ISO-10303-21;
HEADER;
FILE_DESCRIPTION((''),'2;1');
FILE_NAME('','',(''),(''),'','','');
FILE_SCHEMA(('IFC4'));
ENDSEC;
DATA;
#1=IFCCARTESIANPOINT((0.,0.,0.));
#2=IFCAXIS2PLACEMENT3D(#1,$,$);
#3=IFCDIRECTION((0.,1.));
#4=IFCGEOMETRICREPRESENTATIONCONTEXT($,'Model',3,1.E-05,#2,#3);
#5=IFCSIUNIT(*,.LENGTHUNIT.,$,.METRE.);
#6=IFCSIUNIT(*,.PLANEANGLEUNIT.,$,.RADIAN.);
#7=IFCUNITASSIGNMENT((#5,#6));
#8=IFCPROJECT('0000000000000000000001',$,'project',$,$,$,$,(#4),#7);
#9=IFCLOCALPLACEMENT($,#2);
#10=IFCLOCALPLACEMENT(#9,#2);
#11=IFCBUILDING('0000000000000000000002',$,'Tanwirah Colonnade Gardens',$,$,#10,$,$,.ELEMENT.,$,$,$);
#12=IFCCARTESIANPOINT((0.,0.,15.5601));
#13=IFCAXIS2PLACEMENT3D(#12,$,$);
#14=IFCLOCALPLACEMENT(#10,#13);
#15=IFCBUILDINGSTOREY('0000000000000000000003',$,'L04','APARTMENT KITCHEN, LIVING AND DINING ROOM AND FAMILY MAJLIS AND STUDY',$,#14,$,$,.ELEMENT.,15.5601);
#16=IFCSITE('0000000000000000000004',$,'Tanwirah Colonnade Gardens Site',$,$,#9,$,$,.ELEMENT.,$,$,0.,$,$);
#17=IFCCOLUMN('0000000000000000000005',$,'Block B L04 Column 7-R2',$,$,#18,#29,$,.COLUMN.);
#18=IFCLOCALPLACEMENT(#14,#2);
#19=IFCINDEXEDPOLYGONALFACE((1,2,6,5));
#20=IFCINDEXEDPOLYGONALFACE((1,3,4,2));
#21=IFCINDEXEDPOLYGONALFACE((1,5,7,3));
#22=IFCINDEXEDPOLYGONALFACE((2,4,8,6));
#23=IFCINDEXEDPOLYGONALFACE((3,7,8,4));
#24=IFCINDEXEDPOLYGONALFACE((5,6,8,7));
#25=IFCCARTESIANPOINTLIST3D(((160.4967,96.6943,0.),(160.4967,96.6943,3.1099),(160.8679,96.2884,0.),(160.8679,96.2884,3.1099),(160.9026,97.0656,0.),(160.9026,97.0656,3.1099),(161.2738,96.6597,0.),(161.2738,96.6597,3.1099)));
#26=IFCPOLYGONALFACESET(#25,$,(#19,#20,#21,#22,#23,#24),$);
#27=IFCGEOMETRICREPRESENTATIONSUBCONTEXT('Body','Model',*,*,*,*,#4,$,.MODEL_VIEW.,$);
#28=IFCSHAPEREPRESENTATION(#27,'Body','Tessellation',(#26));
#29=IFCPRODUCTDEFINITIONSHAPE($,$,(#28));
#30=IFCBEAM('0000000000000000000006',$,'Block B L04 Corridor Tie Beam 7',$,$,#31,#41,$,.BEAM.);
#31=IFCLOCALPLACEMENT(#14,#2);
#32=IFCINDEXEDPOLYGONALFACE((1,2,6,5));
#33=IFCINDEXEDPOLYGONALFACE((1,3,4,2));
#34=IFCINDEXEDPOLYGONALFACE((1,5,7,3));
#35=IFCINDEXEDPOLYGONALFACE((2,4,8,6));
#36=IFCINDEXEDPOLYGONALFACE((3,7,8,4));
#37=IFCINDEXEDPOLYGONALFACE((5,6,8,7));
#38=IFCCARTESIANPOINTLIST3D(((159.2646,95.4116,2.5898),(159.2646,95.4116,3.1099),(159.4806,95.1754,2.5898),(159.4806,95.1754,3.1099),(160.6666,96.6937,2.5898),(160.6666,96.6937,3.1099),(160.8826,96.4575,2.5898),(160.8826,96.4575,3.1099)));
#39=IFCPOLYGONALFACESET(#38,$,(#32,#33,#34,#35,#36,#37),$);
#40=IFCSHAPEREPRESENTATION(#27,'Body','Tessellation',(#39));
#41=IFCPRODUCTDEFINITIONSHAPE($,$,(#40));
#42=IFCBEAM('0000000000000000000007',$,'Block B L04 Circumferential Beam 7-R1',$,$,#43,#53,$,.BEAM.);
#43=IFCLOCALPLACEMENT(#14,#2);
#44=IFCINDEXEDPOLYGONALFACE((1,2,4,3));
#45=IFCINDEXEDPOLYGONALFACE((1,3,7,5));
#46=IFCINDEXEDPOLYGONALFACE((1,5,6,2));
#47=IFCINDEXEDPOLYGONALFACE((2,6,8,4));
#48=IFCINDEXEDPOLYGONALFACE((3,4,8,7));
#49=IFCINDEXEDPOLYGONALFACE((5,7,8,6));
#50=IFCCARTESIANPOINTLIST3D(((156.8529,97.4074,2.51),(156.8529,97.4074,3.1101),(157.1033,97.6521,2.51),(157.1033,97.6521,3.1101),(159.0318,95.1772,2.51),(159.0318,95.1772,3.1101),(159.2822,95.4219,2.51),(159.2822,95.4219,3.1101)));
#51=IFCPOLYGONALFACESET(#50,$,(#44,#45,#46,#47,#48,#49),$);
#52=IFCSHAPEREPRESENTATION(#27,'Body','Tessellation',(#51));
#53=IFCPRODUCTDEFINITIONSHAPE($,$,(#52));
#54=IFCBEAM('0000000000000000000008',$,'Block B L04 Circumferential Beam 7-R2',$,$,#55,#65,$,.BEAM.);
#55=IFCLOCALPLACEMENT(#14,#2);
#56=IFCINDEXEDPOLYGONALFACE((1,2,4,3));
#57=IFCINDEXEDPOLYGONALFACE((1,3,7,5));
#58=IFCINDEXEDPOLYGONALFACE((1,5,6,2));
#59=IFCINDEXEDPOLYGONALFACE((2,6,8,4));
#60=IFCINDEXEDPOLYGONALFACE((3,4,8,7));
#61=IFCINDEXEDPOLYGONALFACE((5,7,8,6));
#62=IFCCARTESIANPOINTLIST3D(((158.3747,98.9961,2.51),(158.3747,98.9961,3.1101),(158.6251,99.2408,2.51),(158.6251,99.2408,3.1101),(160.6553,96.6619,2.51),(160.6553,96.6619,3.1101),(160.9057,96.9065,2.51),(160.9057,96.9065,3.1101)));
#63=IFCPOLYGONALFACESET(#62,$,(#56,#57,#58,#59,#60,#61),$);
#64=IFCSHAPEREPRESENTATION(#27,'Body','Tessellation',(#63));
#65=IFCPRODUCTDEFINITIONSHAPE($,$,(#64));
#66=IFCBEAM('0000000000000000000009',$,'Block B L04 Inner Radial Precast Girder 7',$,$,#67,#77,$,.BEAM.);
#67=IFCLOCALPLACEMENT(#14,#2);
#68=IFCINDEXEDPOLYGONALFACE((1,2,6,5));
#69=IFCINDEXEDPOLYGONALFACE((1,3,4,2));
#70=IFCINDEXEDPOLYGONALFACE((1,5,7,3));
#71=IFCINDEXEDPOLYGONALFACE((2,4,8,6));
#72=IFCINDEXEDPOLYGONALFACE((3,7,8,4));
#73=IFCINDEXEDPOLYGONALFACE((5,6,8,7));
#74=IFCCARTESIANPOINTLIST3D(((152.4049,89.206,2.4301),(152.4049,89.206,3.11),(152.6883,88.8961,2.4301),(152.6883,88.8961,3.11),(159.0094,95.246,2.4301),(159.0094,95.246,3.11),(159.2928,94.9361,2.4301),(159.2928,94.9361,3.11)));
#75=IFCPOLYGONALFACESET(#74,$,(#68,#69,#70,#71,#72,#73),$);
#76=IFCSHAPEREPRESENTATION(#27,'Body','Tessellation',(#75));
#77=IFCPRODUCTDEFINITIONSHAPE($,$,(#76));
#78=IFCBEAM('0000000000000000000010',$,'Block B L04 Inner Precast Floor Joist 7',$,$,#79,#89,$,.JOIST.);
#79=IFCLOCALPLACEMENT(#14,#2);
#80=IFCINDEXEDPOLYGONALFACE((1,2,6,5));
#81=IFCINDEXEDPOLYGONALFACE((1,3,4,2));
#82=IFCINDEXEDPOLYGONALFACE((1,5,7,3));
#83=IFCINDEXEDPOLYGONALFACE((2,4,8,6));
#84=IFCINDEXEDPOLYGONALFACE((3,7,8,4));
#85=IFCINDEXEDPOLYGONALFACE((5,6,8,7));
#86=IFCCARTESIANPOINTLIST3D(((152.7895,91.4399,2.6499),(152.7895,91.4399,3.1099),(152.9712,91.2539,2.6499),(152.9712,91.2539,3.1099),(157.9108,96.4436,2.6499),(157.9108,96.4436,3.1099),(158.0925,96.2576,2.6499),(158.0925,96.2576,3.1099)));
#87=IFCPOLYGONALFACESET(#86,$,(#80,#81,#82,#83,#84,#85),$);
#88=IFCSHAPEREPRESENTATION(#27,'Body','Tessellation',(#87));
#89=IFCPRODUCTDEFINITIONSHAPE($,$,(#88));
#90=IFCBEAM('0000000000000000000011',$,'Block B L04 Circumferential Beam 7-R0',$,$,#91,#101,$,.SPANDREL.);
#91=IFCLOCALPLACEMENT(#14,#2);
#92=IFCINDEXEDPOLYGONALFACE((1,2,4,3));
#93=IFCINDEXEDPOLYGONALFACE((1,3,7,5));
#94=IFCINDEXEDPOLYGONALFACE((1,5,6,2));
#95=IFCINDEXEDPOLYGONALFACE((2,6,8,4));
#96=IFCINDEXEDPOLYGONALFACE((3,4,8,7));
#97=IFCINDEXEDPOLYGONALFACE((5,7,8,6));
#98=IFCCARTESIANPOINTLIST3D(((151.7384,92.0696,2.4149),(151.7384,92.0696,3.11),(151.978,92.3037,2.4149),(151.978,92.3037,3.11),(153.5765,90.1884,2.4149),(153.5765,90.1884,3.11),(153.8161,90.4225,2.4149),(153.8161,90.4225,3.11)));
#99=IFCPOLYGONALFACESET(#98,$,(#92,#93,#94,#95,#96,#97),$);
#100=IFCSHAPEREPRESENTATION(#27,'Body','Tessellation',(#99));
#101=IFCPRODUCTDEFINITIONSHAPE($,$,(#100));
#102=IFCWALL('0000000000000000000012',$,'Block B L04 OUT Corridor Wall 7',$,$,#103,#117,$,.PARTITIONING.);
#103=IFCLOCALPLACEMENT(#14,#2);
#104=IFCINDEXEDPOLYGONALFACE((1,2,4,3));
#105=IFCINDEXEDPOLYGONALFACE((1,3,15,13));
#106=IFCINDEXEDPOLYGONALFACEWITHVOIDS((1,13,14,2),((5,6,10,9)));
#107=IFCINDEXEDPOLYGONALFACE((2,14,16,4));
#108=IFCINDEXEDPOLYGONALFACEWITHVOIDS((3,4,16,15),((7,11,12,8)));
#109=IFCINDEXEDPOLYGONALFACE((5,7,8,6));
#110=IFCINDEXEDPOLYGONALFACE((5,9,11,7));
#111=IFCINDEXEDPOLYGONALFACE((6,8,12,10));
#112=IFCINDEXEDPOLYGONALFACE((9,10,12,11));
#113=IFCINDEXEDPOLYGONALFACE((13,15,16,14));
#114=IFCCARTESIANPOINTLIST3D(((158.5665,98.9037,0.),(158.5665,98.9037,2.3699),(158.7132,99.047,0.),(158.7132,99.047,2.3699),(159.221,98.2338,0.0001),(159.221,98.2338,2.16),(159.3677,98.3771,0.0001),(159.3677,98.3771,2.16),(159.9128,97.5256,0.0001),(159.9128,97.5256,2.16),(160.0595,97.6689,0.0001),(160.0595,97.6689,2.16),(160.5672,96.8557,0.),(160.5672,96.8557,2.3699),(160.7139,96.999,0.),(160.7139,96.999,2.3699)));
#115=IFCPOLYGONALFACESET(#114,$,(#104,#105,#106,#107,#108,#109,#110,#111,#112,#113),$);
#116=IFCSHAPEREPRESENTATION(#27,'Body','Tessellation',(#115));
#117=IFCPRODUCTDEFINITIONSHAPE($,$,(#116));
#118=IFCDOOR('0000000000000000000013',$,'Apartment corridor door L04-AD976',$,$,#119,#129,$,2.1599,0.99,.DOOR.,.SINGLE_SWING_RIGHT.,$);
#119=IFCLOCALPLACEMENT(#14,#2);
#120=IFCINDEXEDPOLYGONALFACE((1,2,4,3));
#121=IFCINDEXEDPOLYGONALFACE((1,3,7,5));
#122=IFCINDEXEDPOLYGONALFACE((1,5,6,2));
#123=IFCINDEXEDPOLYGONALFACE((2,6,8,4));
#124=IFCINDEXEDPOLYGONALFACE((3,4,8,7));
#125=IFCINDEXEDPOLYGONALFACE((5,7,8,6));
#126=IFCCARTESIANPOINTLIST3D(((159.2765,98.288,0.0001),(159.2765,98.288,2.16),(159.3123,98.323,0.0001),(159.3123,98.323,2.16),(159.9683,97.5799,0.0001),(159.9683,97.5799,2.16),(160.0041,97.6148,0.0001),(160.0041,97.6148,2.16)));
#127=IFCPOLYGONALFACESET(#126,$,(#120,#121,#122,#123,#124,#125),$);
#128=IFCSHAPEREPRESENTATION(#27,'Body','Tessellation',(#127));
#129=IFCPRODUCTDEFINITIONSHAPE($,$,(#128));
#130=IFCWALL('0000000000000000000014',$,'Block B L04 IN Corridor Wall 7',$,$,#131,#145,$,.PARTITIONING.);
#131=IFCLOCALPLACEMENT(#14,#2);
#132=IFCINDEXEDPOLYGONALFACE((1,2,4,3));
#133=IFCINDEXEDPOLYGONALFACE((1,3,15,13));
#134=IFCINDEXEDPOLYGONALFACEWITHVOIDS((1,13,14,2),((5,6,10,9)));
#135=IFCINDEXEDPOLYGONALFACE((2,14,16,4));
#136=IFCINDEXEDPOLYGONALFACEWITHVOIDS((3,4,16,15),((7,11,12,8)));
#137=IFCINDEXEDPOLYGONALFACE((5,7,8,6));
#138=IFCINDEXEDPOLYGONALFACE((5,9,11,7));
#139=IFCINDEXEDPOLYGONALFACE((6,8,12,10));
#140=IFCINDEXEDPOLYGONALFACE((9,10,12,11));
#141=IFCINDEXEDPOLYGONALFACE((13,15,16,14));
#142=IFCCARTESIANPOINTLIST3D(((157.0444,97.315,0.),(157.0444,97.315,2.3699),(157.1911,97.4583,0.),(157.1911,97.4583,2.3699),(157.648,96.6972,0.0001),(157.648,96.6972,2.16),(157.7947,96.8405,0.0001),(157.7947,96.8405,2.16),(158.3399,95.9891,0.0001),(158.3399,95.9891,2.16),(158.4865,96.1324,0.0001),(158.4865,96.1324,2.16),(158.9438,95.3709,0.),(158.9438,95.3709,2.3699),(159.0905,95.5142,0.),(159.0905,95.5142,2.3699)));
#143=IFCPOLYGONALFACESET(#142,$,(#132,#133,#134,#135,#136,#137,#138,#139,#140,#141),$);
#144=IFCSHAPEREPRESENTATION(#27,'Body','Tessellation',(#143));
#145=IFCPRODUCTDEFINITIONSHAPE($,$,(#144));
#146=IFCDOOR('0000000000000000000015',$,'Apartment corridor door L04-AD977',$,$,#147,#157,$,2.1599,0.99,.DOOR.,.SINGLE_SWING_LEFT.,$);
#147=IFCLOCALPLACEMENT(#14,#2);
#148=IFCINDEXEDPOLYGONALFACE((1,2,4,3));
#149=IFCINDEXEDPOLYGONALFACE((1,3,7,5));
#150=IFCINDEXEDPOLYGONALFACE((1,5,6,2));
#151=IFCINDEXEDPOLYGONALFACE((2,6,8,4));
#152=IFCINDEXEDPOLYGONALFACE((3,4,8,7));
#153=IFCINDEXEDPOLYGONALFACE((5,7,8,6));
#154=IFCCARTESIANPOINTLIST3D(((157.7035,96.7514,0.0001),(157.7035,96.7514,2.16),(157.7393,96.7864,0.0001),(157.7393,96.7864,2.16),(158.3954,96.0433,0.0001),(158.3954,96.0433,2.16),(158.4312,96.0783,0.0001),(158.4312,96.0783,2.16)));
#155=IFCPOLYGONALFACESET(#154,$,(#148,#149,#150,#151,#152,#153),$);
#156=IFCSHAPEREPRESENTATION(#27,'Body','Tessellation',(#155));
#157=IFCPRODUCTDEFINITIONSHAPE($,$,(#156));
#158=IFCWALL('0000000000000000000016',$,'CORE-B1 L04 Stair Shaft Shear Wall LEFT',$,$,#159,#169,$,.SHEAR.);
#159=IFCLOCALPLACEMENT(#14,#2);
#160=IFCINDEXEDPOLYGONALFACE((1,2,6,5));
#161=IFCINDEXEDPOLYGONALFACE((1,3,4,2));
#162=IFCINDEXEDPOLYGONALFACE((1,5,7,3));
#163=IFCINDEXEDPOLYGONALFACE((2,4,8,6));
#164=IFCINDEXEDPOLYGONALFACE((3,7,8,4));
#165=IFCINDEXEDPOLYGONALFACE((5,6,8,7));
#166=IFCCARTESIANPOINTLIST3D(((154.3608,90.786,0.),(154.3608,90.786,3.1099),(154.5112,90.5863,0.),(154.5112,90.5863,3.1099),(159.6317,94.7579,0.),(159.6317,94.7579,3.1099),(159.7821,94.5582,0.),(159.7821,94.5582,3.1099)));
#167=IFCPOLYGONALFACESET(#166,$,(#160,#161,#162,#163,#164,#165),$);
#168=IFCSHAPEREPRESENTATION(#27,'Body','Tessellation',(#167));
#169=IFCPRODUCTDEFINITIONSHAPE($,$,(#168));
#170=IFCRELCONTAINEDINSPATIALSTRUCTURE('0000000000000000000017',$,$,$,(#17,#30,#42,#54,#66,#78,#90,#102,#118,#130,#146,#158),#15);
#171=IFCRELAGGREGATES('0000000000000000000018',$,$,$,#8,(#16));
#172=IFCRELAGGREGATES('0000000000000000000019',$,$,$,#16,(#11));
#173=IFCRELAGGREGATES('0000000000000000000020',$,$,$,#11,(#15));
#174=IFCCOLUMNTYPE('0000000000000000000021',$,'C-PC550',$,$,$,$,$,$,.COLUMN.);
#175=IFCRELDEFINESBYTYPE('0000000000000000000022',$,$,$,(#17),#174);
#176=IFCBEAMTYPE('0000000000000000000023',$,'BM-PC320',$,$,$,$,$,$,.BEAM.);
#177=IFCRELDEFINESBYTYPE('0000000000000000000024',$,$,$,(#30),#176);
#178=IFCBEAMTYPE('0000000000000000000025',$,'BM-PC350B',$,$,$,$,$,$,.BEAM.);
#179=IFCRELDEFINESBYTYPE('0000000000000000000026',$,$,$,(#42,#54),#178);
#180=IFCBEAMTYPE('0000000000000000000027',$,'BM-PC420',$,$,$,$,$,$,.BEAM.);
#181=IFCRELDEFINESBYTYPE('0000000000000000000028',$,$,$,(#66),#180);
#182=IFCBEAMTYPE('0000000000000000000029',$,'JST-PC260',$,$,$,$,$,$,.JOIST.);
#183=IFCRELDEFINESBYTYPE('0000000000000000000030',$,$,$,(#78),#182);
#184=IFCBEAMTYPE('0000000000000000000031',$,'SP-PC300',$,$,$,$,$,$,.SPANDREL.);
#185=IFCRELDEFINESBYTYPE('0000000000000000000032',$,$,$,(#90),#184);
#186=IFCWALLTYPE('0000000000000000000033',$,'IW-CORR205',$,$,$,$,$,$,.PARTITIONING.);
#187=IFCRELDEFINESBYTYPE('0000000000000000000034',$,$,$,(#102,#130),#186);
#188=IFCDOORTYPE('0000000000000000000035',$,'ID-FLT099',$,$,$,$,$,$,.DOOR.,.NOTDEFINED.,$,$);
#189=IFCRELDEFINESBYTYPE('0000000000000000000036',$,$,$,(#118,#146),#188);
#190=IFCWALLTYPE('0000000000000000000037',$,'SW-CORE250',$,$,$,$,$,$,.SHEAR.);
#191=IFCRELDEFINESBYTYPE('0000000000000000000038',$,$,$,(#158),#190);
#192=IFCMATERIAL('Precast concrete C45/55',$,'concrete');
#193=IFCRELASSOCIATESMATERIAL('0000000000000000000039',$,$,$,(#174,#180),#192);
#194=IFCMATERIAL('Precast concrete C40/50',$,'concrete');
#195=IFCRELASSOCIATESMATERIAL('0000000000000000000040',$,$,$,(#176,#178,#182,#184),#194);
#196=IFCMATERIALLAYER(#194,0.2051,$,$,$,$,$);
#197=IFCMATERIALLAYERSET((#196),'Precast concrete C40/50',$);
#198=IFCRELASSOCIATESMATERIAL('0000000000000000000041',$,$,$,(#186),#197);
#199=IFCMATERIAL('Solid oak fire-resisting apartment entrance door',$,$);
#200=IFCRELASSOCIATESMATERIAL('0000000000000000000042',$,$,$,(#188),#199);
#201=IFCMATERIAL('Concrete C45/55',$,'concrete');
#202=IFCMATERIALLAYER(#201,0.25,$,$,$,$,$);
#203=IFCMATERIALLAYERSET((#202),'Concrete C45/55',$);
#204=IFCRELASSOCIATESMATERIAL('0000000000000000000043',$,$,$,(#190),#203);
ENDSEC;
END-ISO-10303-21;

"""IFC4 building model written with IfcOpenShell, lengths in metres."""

from ifc_helpers import new_model, si_unit, direction, frame, frame_2d, origin, origin_2d, place, context, subcontext, project, spatial, rectangle, extrude, material, layer, layer_set, material_profile, profile_set, type_object, element, fill, save


model = new_model("IFC4")

# Units and contexts
model_context = context("Model", 3, precision=1e-05, world=origin(), true_north=direction((0.0, 1.0)))
body_context = subcontext(model_context, "Body", "Model", "MODEL_VIEW")
ifc_project = project(units=[si_unit("LENGTHUNIT", "METRE"), si_unit("PLANEANGLEUNIT", "RADIAN")], contexts=[model_context])

# Site, building, storey
site_placement = place(None, origin())
site = spatial("IfcSite", under=ifc_project, at=site_placement, Name="Tanwirah Colonnade Gardens Site", CompositionType="ELEMENT", RefElevation=0.0)
building_placement = place(site_placement, origin())
building = spatial("IfcBuilding", under=site, at=building_placement, Name="Tanwirah Colonnade Gardens", CompositionType="ELEMENT")
storey_placement = place(building_placement, frame((0.0, 0.0, 15.5601)))
storey = spatial("IfcBuildingStorey", under=building, at=storey_placement, Name="L04", Description="APARTMENT KITCHEN, LIVING AND DINING ROOM AND FAMILY MAJLIS AND STUDY", CompositionType="ELEMENT", Elevation=15.5601)

# Column
ifc_material_1 = material(Name="Precast concrete C45/55", Category="concrete")
ifc_material_profile_1 = material_profile(ifc_material_1, rectangle(XDim=0.55, YDim=0.55, at=origin_2d()), Name="PC-COL 550x550")
ifc_profile_set_1 = profile_set([ifc_material_profile_1], Name="Precast concrete C45/55")
column_type = type_object("IfcColumnType", Name="C-PC550", PredefinedType="COLUMN", material=ifc_profile_set_1)
column_placement = place(storey_placement, frame((160.8853, 96.677, 0.0), z_axis=(0.0, 0.0, 1.0), x_axis=(0.737932, 0.674875, 0.0)))
element("IfcColumn", 1, at=column_placement, inside=storey, type_object=column_type, Name="Block B L04 Column 7-R2", PredefinedType="COLUMN", context=body_context, shape_type="SweptSolid", body=[
    extrude(rectangle(XDim=0.55, YDim=0.55, at=origin_2d()), origin(), (0.0, 0.0, 1.0), 3.1099),
])

# Beams
ifc_material_2 = material(Name="Precast concrete C40/50", Category="concrete")
ifc_material_profile_2 = material_profile(ifc_material_2, rectangle(XDim=0.3201, YDim=0.52, at=origin_2d()), Name="PC-BM 320x520")
ifc_profile_set_2 = profile_set([ifc_material_profile_2], Name="Precast concrete C40/50")
beam_type_1 = type_object("IfcBeamType", Name="BM-PC320", PredefinedType="BEAM", material=ifc_profile_set_2)
beam_1_placement = place(storey_placement, frame((159.3726, 95.2935, 2.8499), z_axis=(0.737948, 0.674857, 0.0), x_axis=(-0.674857, 0.737948, 0.0)))
element("IfcBeam", 2, at=beam_1_placement, inside=storey, type_object=beam_type_1, Name="Block B L04 Corridor Tie Beam 7", PredefinedType="BEAM", context=body_context, shape_type="SweptSolid", body=[
    extrude(rectangle(XDim=0.3201, YDim=0.52, at=origin_2d()), origin(), (0.0, 0.0, 1.0), 1.8999),
])
ifc_material_profile_3 = material_profile(ifc_material_2, rectangle(XDim=0.3501, YDim=0.6001, at=origin_2d()), Name="PC-BM 350x600")
ifc_profile_set_3 = profile_set([ifc_material_profile_3], Name="Precast concrete C40/50")
beam_type_2 = type_object("IfcBeamType", Name="BM-PC350B", PredefinedType="BEAM", material=ifc_profile_set_3)
beam_2_placement = place(storey_placement, frame((159.157, 95.2996, 2.8101), z_axis=(-0.698837, 0.715281, 0.0), x_axis=(-0.715281, -0.698837, 0.0)))
element("IfcBeam", 3, at=beam_2_placement, inside=storey, type_object=beam_type_2, Name="Block B L04 Circumferential Beam 7-R1", PredefinedType="BEAM", context=body_context, shape_type="SweptSolid", body=[
    extrude(rectangle(XDim=0.3501, YDim=0.6001, at=origin_2d()), origin(), (0.0, 0.0, 1.0), 3.1179),
])
beam_3_placement = place(storey_placement, frame((160.7805, 96.7842, 2.8101), z_axis=(-0.698829, 0.715288, 0.0), x_axis=(-0.715288, -0.698829, 0.0)))
element("IfcBeam", 4, at=beam_3_placement, inside=storey, type_object=beam_type_2, Name="Block B L04 Circumferential Beam 7-R2", PredefinedType="BEAM", context=body_context, shape_type="SweptSolid", body=[
    extrude(rectangle(XDim=0.3501, YDim=0.6001, at=origin_2d()), origin(), (0.0, 0.0, 1.0), 3.2634),
])
ifc_material_profile_4 = material_profile(ifc_material_1, rectangle(XDim=0.4199, YDim=0.6799, at=origin_2d()), Name="PC-BM 420x680")
ifc_profile_set_4 = profile_set([ifc_material_profile_4], Name="Precast concrete C45/55")
beam_type_3 = type_object("IfcBeamType", Name="BM-PC420", PredefinedType="BEAM", material=ifc_profile_set_4)
beam_4_placement = place(storey_placement, frame((159.1511, 95.0911, 2.77), z_axis=(-0.737937, -0.674869, 0.0), x_axis=(0.674869, -0.737937, 0.0)))
element("IfcBeam", 5, at=beam_4_placement, inside=storey, type_object=beam_type_3, Name="Block B L04 Inner Radial Precast Girder 7", PredefinedType="BEAM", context=body_context, shape_type="SweptSolid", body=[
    extrude(rectangle(XDim=0.4199, YDim=0.6799, at=origin_2d()), origin(), (0.0, 0.0, 1.0), 8.95),
])
ifc_material_profile_5 = material_profile(ifc_material_2, rectangle(XDim=0.26, YDim=0.46, at=origin_2d()), Name="PC-JST 260x460")
ifc_profile_set_5 = profile_set([ifc_material_profile_5], Name="Precast concrete C40/50")
beam_type_4 = type_object("IfcBeamType", Name="JST-PC260", PredefinedType="JOIST", material=ifc_profile_set_5)
beam_5_placement = place(storey_placement, frame((152.8804, 91.3469, 2.8799), z_axis=(0.715277, 0.698841, 0.0), x_axis=(-0.698841, 0.715277, 0.0)))
element("IfcBeam", 6, at=beam_5_placement, inside=storey, type_object=beam_type_4, Name="Block B L04 Inner Precast Floor Joist 7", PredefinedType="JOIST", context=body_context, shape_type="SweptSolid", body=[
    extrude(rectangle(XDim=0.26, YDim=0.46, at=origin_2d()), origin(), (0.0, 0.0, 1.0), 7.1599),
])
ifc_material_profile_6 = material_profile(ifc_material_2, rectangle(XDim=0.335, YDim=0.6951, at=origin_2d()), Name="PC-SP 335x695")
ifc_profile_set_6 = profile_set([ifc_material_profile_6], Name="Precast concrete C40/50")
beam_type_5 = type_object("IfcBeamType", Name="SP-PC300", PredefinedType="SPANDREL", material=ifc_profile_set_6)
beam_6_placement = place(storey_placement, frame((153.6963, 90.3054, 2.7625), z_axis=(-0.698844, 0.715274, 0.0), x_axis=(-0.715274, -0.698844, 0.0)))
element("IfcBeam", 7, at=beam_6_placement, inside=storey, type_object=beam_type_5, Name="Block B L04 Circumferential Beam 7-R0", PredefinedType="SPANDREL", context=body_context, shape_type="SweptSolid", body=[
    extrude(rectangle(XDim=0.335, YDim=0.6951, at=origin_2d()), origin(), (0.0, 0.0, 1.0), 2.6301),
])

# Walls, openings, doors
ifc_layer_1 = layer(ifc_material_2, 0.2051)
ifc_layer_set_1 = layer_set([ifc_layer_1], Name="Precast concrete C40/50")
wall_type_1 = type_object("IfcWallType", Name="IW-CORR205", PredefinedType="PARTITIONING", material=ifc_layer_set_1)
wall_1_placement = place(storey_placement, frame((160.6406, 96.9272, 0.0), z_axis=(0.0, 0.0, 1.0), x_axis=(-0.698787, 0.71533, 0.0)))
wall_1 = element("IfcWall", 8, at=wall_1_placement, inside=storey, type_object=wall_type_1, Name="Block B L04 OUT Corridor Wall 7", PredefinedType="PARTITIONING", context=body_context, shape_type="SweptSolid", body=[
    extrude(rectangle(XDim=2.863, YDim=0.2051, at=frame_2d((1.4316, 0.0))), origin(), (0.0, 0.0, 1.0), 2.3699),
])
opening_1_placement = place(wall_1_placement, frame((0.9365, 0.0, 0.0)))
opening_1 = element("IfcOpeningElement", 9, at=opening_1_placement, cuts=wall_1, PredefinedType="OPENING", context=body_context, shape_type="SweptSolid", body=[
    extrude(rectangle(XDim=0.99, YDim=2.1599, at=frame_2d((0.4951, 1.0801))), frame((0.0, 0.1125, 0.0), z_axis=(0.0, -1.0, 0.0), x_axis=(1.0, 0.0, 0.0)), (0.0, 0.0, 1.0), 0.2251),
])
ifc_material_3 = material(Name="Solid oak fire-resisting apartment entrance door")
door_type = type_object("IfcDoorType", Name="ID-FLT099", OperationType="NOTDEFINED", PredefinedType="DOOR", material=ifc_material_3)
door_1_placement = place(opening_1_placement, origin())
door_1 = element("IfcDoor", 10, at=door_1_placement, inside=storey, type_object=door_type, Name="Apartment corridor door L04-AD976", OperationType="SINGLE_SWING_RIGHT", OverallHeight=2.1599, OverallWidth=0.99, PredefinedType="DOOR", context=body_context, shape_type="SweptSolid", body=[
    extrude(rectangle(XDim=0.99, YDim=2.1599, at=frame_2d((0.4951, 1.0801))), frame((0.0, 0.0249, 0.0), z_axis=(0.0, -1.0, 0.0), x_axis=(1.0, 0.0, 0.0)), (0.0, 0.0, 1.0), 0.05),
])
fill(opening_1, door_1)
wall_2_placement = place(storey_placement, frame((159.0171, 95.4426, 0.0), z_axis=(0.0, 0.0, 1.0), x_axis=(-0.69884, 0.715278, 0.0)))
wall_2 = element("IfcWall", 11, at=wall_2_placement, inside=storey, type_object=wall_type_1, Name="Block B L04 IN Corridor Wall 7", PredefinedType="PARTITIONING", context=body_context, shape_type="SweptSolid", body=[
    extrude(rectangle(XDim=2.718, YDim=0.2051, at=frame_2d((1.3589, 0.0))), origin(), (0.0, 0.0, 1.0), 2.3699),
])
opening_2_placement = place(wall_2_placement, frame((0.864, 0.0, 0.0)))
opening_2 = element("IfcOpeningElement", 12, at=opening_2_placement, cuts=wall_2, PredefinedType="OPENING", context=body_context, shape_type="SweptSolid", body=[
    extrude(rectangle(XDim=0.99, YDim=2.1599, at=frame_2d((0.4951, 1.0801))), frame((0.0, 0.1125, 0.0), z_axis=(0.0, -1.0, 0.0), x_axis=(1.0, 0.0, 0.0)), (0.0, 0.0, 1.0), 0.2251),
])
door_2_placement = place(opening_2_placement, origin())
door_2 = element("IfcDoor", 13, at=door_2_placement, inside=storey, type_object=door_type, Name="Apartment corridor door L04-AD977", OperationType="SINGLE_SWING_LEFT", OverallHeight=2.1599, OverallWidth=0.99, PredefinedType="DOOR", context=body_context, shape_type="SweptSolid", body=[
    extrude(rectangle(XDim=0.99, YDim=2.1599, at=frame_2d((0.4951, 1.0801))), frame((0.0, 0.0249, 0.0), z_axis=(0.0, -1.0, 0.0), x_axis=(1.0, 0.0, 0.0)), (0.0, 0.0, 1.0), 0.05),
])
fill(opening_2, door_2)

# Wall
ifc_material_4 = material(Name="Concrete C45/55", Category="concrete")
ifc_layer_2 = layer(ifc_material_4, 0.25)
ifc_layer_set_2 = layer_set([ifc_layer_2], Name="Concrete C45/55")
wall_type_2 = type_object("IfcWallType", Name="SW-CORE250", PredefinedType="SHEAR", material=ifc_layer_set_2)
wall_3_placement = place(storey_placement, frame((159.7068, 94.658, 0.0), z_axis=(0.0, 0.0, 1.0), x_axis=(-0.79864, -0.60181, 0.0)))
element("IfcWall", 14, at=wall_3_placement, inside=storey, type_object=wall_type_2, Name="CORE-B1 L04 Stair Shaft Shear Wall LEFT", PredefinedType="SHEAR", context=body_context, shape_type="SweptSolid", body=[
    extrude(rectangle(XDim=6.5999, YDim=0.25, at=frame_2d((3.2998, 0.0))), origin(), (0.0, 0.0, 1.0), 3.1099),
])

save(model, "model.ifc")
